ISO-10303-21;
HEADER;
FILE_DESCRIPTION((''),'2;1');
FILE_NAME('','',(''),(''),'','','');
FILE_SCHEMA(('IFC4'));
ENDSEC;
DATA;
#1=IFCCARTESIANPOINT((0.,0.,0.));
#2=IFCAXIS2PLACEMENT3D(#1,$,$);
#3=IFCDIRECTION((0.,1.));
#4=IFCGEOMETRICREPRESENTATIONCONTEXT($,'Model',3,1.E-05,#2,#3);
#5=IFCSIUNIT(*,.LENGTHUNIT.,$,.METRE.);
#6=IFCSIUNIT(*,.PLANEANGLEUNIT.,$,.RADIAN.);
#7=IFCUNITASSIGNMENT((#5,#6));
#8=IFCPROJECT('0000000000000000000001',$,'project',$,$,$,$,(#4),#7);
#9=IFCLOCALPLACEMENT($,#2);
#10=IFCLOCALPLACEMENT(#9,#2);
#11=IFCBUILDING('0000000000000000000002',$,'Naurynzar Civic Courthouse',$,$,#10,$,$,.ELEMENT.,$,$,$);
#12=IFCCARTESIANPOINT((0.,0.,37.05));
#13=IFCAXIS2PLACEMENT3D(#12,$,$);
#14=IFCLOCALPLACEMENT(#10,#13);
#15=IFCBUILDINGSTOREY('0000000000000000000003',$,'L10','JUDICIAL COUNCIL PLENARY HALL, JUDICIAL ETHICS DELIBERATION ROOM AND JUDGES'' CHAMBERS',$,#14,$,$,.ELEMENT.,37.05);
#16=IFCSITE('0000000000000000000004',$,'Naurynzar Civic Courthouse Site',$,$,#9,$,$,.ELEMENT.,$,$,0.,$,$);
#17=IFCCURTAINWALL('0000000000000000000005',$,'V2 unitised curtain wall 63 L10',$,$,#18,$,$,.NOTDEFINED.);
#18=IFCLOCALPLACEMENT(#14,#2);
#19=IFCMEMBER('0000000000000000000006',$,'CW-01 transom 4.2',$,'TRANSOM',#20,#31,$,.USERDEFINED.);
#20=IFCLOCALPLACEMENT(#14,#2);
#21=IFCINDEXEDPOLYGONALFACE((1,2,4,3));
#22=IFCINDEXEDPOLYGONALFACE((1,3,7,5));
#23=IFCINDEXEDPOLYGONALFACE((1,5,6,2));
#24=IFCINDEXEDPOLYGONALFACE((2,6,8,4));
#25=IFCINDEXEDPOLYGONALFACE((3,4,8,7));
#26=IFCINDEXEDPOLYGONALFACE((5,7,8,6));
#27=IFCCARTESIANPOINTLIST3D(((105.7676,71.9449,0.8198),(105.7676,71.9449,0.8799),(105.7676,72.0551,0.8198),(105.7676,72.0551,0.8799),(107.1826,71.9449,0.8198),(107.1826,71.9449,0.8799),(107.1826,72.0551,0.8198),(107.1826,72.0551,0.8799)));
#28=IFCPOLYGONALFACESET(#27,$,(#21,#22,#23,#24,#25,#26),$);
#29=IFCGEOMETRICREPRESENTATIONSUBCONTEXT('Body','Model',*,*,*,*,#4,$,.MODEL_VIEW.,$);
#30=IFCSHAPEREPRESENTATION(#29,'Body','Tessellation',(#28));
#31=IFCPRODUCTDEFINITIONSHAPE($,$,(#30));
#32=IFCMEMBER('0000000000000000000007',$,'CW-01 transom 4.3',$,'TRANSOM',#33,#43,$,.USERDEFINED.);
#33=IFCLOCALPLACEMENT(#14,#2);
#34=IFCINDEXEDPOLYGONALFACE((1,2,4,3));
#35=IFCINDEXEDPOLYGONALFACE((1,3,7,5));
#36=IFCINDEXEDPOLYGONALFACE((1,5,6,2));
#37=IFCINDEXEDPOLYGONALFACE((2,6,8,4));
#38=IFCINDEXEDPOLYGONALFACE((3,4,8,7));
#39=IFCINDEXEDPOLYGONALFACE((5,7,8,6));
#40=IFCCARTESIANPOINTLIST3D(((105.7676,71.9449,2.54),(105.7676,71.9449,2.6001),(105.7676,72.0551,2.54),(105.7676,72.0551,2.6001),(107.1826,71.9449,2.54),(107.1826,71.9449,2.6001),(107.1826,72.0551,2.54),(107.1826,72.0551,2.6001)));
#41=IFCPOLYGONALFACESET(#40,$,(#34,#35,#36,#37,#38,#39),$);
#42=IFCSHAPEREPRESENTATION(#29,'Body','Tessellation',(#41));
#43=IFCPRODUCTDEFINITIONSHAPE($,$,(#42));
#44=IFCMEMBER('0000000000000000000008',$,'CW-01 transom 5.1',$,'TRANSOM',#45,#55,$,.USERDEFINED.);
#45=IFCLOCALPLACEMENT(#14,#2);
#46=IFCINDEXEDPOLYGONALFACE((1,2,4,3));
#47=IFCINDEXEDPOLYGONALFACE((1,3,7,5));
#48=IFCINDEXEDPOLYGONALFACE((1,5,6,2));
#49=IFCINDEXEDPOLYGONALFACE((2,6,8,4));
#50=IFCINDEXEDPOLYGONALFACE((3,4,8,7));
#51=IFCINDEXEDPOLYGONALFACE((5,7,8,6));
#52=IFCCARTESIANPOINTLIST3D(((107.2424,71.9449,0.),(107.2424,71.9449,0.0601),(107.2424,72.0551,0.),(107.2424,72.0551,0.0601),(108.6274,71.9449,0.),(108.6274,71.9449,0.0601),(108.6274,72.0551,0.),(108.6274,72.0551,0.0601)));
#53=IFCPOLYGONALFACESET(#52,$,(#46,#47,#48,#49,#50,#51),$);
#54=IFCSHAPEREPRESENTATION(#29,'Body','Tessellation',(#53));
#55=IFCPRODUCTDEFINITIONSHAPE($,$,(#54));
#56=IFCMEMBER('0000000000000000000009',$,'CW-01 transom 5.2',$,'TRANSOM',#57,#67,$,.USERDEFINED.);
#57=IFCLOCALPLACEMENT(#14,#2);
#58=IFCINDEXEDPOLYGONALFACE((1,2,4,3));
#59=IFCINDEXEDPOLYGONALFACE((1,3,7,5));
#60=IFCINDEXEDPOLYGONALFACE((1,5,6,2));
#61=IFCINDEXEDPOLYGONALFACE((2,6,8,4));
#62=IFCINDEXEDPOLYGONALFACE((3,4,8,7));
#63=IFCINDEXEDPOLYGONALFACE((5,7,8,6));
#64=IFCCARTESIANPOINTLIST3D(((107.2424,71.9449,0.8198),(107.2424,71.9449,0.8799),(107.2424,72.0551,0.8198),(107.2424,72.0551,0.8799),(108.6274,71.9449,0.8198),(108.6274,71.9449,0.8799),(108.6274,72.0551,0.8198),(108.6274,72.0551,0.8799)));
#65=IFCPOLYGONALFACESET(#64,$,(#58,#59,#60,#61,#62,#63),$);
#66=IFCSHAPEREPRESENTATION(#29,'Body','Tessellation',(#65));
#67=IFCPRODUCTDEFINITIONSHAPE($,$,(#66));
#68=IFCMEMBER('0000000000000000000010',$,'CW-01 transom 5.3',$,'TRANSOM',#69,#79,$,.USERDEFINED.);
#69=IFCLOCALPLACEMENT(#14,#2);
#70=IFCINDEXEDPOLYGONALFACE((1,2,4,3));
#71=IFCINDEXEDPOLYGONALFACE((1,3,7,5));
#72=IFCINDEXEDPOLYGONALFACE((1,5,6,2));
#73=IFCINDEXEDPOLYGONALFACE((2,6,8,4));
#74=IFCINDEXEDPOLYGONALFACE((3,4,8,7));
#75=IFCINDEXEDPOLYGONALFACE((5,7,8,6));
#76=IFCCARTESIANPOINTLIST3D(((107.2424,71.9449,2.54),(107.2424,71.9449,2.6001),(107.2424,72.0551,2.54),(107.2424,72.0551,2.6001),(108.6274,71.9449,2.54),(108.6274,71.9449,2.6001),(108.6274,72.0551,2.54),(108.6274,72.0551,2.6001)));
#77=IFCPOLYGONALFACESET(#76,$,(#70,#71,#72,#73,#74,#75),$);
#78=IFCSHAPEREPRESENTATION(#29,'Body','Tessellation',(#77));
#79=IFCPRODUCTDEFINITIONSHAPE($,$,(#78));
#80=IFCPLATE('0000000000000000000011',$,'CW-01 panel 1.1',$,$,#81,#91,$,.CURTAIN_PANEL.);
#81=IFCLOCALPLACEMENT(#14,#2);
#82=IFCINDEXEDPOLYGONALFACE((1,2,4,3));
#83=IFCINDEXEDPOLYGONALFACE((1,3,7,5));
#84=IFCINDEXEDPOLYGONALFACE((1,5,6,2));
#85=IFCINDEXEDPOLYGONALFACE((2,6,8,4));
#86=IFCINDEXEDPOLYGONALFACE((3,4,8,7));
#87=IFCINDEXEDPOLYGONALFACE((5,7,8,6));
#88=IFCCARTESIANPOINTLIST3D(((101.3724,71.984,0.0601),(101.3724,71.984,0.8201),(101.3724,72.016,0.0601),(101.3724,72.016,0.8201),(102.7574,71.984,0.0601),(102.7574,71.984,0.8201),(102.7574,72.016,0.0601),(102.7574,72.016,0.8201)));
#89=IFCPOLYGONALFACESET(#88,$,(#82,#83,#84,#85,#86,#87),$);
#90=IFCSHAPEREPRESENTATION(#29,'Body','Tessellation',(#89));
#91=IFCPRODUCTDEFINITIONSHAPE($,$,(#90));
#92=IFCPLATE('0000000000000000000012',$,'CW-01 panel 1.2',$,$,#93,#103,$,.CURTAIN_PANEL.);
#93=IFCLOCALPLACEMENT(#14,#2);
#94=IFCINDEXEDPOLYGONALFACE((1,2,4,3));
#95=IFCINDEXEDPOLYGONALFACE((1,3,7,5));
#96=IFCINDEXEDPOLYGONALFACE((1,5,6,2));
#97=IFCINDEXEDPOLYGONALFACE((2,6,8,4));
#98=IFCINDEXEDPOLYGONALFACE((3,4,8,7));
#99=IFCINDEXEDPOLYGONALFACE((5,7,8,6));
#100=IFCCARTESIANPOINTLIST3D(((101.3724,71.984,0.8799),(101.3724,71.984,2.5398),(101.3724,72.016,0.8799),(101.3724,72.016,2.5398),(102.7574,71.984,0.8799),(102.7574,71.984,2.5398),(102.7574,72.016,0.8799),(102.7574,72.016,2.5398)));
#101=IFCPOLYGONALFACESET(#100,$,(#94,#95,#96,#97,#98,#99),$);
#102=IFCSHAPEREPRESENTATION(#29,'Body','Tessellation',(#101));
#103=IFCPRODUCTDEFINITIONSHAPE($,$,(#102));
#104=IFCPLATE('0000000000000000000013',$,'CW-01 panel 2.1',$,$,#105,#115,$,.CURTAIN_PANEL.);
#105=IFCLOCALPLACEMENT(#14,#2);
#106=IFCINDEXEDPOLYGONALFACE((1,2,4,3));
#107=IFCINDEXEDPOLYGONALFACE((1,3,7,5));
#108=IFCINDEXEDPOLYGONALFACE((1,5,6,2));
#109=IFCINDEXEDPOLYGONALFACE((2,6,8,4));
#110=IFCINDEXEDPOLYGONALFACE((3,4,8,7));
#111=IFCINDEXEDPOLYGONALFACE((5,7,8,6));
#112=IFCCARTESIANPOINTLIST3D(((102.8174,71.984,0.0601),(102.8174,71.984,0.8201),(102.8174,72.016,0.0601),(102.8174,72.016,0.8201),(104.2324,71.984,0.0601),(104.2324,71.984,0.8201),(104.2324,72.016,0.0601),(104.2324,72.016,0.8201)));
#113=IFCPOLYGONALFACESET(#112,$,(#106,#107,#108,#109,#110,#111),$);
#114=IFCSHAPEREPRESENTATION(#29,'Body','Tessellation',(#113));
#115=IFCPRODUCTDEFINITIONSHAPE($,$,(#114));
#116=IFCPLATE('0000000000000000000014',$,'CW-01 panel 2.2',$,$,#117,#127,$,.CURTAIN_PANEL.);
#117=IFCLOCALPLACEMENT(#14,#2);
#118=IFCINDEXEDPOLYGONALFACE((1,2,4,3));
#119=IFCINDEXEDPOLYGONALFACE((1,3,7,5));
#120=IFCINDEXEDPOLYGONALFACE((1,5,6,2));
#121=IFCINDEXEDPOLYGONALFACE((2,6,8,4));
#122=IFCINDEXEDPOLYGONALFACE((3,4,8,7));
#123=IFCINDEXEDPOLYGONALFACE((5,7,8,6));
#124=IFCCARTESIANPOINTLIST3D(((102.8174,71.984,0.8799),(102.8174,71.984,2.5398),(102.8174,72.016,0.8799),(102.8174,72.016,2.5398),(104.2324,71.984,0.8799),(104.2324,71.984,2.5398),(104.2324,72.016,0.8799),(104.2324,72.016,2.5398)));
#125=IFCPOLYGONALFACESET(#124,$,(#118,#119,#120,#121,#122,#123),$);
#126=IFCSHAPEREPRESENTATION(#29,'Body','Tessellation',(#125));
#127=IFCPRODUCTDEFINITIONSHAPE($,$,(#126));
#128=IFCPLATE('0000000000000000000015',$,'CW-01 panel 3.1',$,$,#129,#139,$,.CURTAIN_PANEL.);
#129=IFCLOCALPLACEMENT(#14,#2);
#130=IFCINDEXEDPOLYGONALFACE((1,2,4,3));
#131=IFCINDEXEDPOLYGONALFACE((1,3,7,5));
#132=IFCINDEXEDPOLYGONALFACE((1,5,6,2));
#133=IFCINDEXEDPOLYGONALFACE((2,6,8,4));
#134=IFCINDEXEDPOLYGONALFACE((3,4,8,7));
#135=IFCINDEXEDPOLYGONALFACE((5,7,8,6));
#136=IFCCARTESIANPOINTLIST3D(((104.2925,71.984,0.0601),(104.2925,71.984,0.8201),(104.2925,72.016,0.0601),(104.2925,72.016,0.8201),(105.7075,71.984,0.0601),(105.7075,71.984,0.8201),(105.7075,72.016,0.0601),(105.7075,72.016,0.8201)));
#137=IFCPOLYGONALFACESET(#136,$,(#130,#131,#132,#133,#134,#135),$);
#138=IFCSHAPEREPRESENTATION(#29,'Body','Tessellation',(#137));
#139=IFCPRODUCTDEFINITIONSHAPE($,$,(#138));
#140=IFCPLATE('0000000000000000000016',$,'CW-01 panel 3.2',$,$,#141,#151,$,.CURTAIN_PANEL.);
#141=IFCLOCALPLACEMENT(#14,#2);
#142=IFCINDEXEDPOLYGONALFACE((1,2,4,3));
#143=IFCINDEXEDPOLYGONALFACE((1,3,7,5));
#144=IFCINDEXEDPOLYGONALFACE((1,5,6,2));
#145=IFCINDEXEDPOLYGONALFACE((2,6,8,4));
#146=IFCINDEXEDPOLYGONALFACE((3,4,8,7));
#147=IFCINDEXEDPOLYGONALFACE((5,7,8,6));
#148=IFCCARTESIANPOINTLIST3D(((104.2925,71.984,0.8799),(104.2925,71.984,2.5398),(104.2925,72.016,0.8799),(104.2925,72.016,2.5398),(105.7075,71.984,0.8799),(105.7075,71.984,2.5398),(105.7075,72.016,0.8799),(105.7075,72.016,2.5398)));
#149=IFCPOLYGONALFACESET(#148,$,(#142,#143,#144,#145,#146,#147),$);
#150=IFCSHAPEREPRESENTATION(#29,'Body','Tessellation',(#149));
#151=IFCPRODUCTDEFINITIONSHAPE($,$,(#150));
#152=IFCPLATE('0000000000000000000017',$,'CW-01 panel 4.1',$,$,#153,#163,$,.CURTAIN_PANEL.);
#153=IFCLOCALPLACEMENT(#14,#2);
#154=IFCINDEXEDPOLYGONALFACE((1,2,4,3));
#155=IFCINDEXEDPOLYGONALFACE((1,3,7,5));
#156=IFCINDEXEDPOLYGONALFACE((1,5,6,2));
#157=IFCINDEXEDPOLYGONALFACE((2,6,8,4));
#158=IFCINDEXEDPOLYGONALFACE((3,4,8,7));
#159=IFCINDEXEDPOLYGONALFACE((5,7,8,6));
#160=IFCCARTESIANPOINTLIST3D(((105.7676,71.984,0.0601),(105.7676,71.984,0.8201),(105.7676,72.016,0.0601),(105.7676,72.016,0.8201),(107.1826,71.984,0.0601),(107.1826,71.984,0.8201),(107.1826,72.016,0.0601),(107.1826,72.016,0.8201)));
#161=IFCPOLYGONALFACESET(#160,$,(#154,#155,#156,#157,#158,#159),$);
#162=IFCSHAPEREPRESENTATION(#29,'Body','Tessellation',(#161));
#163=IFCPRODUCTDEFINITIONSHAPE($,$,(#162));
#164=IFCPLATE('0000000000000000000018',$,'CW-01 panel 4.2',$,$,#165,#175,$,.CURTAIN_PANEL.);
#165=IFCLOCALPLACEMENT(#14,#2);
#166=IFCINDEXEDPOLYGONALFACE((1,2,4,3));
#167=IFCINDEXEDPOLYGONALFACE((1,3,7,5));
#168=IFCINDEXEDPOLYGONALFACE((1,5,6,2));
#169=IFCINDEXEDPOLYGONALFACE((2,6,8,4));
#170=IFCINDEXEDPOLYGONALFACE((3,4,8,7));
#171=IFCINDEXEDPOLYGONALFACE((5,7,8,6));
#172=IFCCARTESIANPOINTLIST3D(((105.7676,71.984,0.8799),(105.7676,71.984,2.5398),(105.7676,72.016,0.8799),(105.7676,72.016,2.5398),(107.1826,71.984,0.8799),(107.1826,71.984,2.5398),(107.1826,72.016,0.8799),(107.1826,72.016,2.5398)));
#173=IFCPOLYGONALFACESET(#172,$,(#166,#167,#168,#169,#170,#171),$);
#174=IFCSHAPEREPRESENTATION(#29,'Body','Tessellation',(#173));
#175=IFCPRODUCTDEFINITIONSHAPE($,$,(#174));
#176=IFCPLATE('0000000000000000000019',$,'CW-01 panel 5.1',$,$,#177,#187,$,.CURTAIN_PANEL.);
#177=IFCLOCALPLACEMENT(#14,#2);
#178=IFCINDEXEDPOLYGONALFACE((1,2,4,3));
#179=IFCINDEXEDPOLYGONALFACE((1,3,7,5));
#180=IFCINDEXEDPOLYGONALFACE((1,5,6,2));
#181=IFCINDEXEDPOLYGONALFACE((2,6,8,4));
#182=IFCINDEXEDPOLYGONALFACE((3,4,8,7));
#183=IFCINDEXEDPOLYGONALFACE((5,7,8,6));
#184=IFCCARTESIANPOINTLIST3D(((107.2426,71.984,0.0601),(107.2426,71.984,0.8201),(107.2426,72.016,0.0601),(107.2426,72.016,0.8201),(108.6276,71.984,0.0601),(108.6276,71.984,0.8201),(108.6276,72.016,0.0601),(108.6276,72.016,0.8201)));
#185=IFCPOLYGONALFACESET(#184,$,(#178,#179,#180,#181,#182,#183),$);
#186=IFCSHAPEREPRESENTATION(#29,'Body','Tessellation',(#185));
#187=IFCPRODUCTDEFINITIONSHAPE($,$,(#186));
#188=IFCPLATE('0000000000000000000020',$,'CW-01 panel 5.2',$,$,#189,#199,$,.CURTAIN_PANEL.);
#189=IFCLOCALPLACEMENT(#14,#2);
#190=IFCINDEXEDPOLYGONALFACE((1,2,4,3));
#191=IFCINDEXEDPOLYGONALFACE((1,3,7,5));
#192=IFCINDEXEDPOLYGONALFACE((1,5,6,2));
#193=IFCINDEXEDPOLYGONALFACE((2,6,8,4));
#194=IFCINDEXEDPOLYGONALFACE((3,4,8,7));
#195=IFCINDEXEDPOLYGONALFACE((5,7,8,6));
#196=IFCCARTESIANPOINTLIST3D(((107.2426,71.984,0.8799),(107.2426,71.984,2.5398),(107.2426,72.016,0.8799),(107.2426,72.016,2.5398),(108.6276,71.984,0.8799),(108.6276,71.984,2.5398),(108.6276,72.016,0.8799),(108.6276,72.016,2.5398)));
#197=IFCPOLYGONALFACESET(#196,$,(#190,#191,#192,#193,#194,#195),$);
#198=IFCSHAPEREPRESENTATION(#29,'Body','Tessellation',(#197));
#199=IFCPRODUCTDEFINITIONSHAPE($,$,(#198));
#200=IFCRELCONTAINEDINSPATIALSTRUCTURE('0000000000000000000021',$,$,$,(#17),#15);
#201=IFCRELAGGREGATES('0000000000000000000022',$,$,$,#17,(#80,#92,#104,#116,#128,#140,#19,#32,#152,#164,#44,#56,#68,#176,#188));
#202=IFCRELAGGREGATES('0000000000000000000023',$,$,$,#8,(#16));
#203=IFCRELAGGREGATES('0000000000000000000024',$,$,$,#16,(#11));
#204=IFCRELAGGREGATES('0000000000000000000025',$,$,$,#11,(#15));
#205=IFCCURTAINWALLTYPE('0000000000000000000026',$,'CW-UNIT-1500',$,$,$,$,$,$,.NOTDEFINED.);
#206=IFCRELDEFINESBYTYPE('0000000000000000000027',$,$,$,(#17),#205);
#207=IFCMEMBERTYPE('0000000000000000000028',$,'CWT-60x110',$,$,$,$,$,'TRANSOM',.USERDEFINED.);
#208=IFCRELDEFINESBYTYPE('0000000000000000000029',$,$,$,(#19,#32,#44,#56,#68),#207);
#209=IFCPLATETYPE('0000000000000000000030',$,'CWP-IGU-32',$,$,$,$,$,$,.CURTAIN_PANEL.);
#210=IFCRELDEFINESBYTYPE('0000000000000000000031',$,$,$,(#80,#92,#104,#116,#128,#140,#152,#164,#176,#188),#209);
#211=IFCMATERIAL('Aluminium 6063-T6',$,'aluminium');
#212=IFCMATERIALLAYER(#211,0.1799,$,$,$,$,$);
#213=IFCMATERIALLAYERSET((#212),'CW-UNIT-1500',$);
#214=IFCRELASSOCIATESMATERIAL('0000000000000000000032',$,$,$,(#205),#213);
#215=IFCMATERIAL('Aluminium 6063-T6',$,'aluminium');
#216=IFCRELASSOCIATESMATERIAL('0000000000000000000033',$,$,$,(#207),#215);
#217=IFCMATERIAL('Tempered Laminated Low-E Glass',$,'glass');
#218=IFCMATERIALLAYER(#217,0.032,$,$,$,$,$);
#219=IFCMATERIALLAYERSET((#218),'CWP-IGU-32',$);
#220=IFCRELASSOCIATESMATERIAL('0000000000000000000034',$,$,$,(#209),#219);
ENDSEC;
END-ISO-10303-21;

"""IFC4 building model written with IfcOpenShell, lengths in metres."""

from ifc_helpers import new_model, si_unit, direction, frame, origin, origin_2d, place, context, subcontext, project, spatial, rectangle, extrude, material, layer, layer_set, material_profile, profile_set, type_object, element, aggregate, save


model = new_model("IFC4")

# Units and contexts
model_context = context("Model", 3, precision=1e-05, world=origin(), true_north=direction((0.0, 1.0)))
body_context = subcontext(model_context, "Body", "Model", "MODEL_VIEW")
ifc_project = project(units=[si_unit("LENGTHUNIT", "METRE"), si_unit("PLANEANGLEUNIT", "RADIAN")], contexts=[model_context])

# Site, building, storey
site_placement = place(None, origin())
site = spatial("IfcSite", under=ifc_project, at=site_placement, Name="Naurynzar Civic Courthouse Site", CompositionType="ELEMENT", RefElevation=0.0)
building_placement = place(site_placement, origin())
building = spatial("IfcBuilding", under=site, at=building_placement, Name="Naurynzar Civic Courthouse", CompositionType="ELEMENT")
storey_placement = place(building_placement, frame((0.0, 0.0, 37.05)))
storey = spatial("IfcBuildingStorey", under=building, at=storey_placement, Name="L10", Description="JUDICIAL COUNCIL PLENARY HALL, JUDICIAL ETHICS DELIBERATION ROOM AND JUDGES' CHAMBERS", CompositionType="ELEMENT", Elevation=37.05)

# Curtain wall, members, plates
ifc_material_1 = material(Name="Aluminium 6063-T6", Category="aluminium")
ifc_layer_1 = layer(ifc_material_1, 0.1799)
ifc_layer_set_1 = layer_set([ifc_layer_1], Name="CW-UNIT-1500")
curtain_wall_type = type_object("IfcCurtainWallType", Name="CW-UNIT-1500", PredefinedType="NOTDEFINED", material=ifc_layer_set_1)
curtain_wall_placement = place(storey_placement, origin())
curtain_wall = element("IfcCurtainWall", 1, at=curtain_wall_placement, inside=storey, type_object=curtain_wall_type, Name="V2 unitised curtain wall 63 L10", PredefinedType="NOTDEFINED")
ifc_material_2 = material(Name="Aluminium 6063-T6", Category="aluminium")
ifc_material_profile_1 = material_profile(ifc_material_2, rectangle(XDim=0.1101, YDim=0.0601, at=origin_2d()), Name="ALU TRANSOM 60x110")
ifc_profile_set_1 = profile_set([ifc_material_profile_1], Name="Aluminium 6063-T6")
member_type_1 = type_object("IfcMemberType", Name="CWT-60x110", ElementType="TRANSOM", PredefinedType="USERDEFINED", material=ifc_profile_set_1)
member_1_placement = place(storey_placement, frame((105.7676, 72.0, 0.8499), z_axis=(1.0, 0.0, 0.0), x_axis=(0.0, 1.0, 0.0)))
member_1 = element("IfcMember", 2, at=member_1_placement, type_object=member_type_1, Name="CW-01 transom 4.2", ObjectType="TRANSOM", PredefinedType="USERDEFINED", context=body_context, shape_type="SweptSolid", body=[
    extrude(rectangle(XDim=0.1101, YDim=0.0601, at=origin_2d()), origin(), (0.0, 0.0, 1.0), 1.415),
])
member_2_placement = place(storey_placement, frame((105.7676, 72.0, 2.5701), z_axis=(1.0, 0.0, 0.0), x_axis=(0.0, 1.0, 0.0)))
member_2 = element("IfcMember", 3, at=member_2_placement, type_object=member_type_1, Name="CW-01 transom 4.3", ObjectType="TRANSOM", PredefinedType="USERDEFINED", context=body_context, shape_type="SweptSolid", body=[
    extrude(rectangle(XDim=0.1101, YDim=0.0601, at=origin_2d()), origin(), (0.0, 0.0, 1.0), 1.415),
])
member_3_placement = place(storey_placement, frame((107.2424, 72.0, 0.03), z_axis=(1.0, 0.0, 0.0), x_axis=(0.0, 1.0, 0.0)))
member_3 = element("IfcMember", 4, at=member_3_placement, type_object=member_type_1, Name="CW-01 transom 5.1", ObjectType="TRANSOM", PredefinedType="USERDEFINED", context=body_context, shape_type="SweptSolid", body=[
    extrude(rectangle(XDim=0.1101, YDim=0.0601, at=origin_2d()), origin(), (0.0, 0.0, 1.0), 1.385),
])
member_4_placement = place(storey_placement, frame((107.2424, 72.0, 0.8499), z_axis=(1.0, 0.0, 0.0), x_axis=(0.0, 1.0, 0.0)))
member_4 = element("IfcMember", 5, at=member_4_placement, type_object=member_type_1, Name="CW-01 transom 5.2", ObjectType="TRANSOM", PredefinedType="USERDEFINED", context=body_context, shape_type="SweptSolid", body=[
    extrude(rectangle(XDim=0.1101, YDim=0.0601, at=origin_2d()), origin(), (0.0, 0.0, 1.0), 1.385),
])
member_5_placement = place(storey_placement, frame((107.2424, 72.0, 2.5701), z_axis=(1.0, 0.0, 0.0), x_axis=(0.0, 1.0, 0.0)))
member_5 = element("IfcMember", 6, at=member_5_placement, type_object=member_type_1, Name="CW-01 transom 5.3", ObjectType="TRANSOM", PredefinedType="USERDEFINED", context=body_context, shape_type="SweptSolid", body=[
    extrude(rectangle(XDim=0.1101, YDim=0.0601, at=origin_2d()), origin(), (0.0, 0.0, 1.0), 1.385),
])
ifc_material_3 = material(Name="Tempered Laminated Low-E Glass", Category="glass")
ifc_layer_2 = layer(ifc_material_3, 0.032)
ifc_layer_set_2 = layer_set([ifc_layer_2], Name="CWP-IGU-32")
plate_type = type_object("IfcPlateType", Name="CWP-IGU-32", PredefinedType="CURTAIN_PANEL", material=ifc_layer_set_2)
plate_1_placement = place(storey_placement, frame((102.0649, 72.0, 0.0601), z_axis=(0.0, 0.0, 1.0), x_axis=(1.0, 0.0, 0.0)))
plate_1 = element("IfcPlate", 7, at=plate_1_placement, type_object=plate_type, Name="CW-01 panel 1.1", PredefinedType="CURTAIN_PANEL", context=body_context, shape_type="SweptSolid", body=[
    extrude(rectangle(XDim=1.385, YDim=0.032, at=origin_2d()), origin(), (0.0, 0.0, 1.0), 0.76),
])
plate_2_placement = place(storey_placement, frame((102.0649, 72.0, 0.8799), z_axis=(0.0, 0.0, 1.0), x_axis=(1.0, 0.0, 0.0)))
plate_2 = element("IfcPlate", 8, at=plate_2_placement, type_object=plate_type, Name="CW-01 panel 1.2", PredefinedType="CURTAIN_PANEL", context=body_context, shape_type="SweptSolid", body=[
    extrude(rectangle(XDim=1.385, YDim=0.032, at=origin_2d()), origin(), (0.0, 0.0, 1.0), 1.6599),
])
plate_3_placement = place(storey_placement, frame((103.5249, 72.0, 0.0601), z_axis=(0.0, 0.0, 1.0), x_axis=(1.0, 0.0, 0.0)))
plate_3 = element("IfcPlate", 9, at=plate_3_placement, type_object=plate_type, Name="CW-01 panel 2.1", PredefinedType="CURTAIN_PANEL", context=body_context, shape_type="SweptSolid", body=[
    extrude(rectangle(XDim=1.415, YDim=0.032, at=origin_2d()), origin(), (0.0, 0.0, 1.0), 0.76),
])
plate_4_placement = place(storey_placement, frame((103.5249, 72.0, 0.8799), z_axis=(0.0, 0.0, 1.0), x_axis=(1.0, 0.0, 0.0)))
plate_4 = element("IfcPlate", 10, at=plate_4_placement, type_object=plate_type, Name="CW-01 panel 2.2", PredefinedType="CURTAIN_PANEL", context=body_context, shape_type="SweptSolid", body=[
    extrude(rectangle(XDim=1.415, YDim=0.032, at=origin_2d()), origin(), (0.0, 0.0, 1.0), 1.6599),
])
plate_5_placement = place(storey_placement, frame((105.0, 72.0, 0.0601), z_axis=(0.0, 0.0, 1.0), x_axis=(1.0, 0.0, 0.0)))
plate_5 = element("IfcPlate", 11, at=plate_5_placement, type_object=plate_type, Name="CW-01 panel 3.1", PredefinedType="CURTAIN_PANEL", context=body_context, shape_type="SweptSolid", body=[
    extrude(rectangle(XDim=1.415, YDim=0.032, at=origin_2d()), origin(), (0.0, 0.0, 1.0), 0.76),
])
plate_6_placement = place(storey_placement, frame((105.0, 72.0, 0.8799), z_axis=(0.0, 0.0, 1.0), x_axis=(1.0, 0.0, 0.0)))
plate_6 = element("IfcPlate", 12, at=plate_6_placement, type_object=plate_type, Name="CW-01 panel 3.2", PredefinedType="CURTAIN_PANEL", context=body_context, shape_type="SweptSolid", body=[
    extrude(rectangle(XDim=1.415, YDim=0.032, at=origin_2d()), origin(), (0.0, 0.0, 1.0), 1.6599),
])
plate_7_placement = place(storey_placement, frame((106.4751, 72.0, 0.0601), z_axis=(0.0, 0.0, 1.0), x_axis=(1.0, 0.0, 0.0)))
plate_7 = element("IfcPlate", 13, at=plate_7_placement, type_object=plate_type, Name="CW-01 panel 4.1", PredefinedType="CURTAIN_PANEL", context=body_context, shape_type="SweptSolid", body=[
    extrude(rectangle(XDim=1.415, YDim=0.032, at=origin_2d()), origin(), (0.0, 0.0, 1.0), 0.76),
])
plate_8_placement = place(storey_placement, frame((106.4751, 72.0, 0.8799), z_axis=(0.0, 0.0, 1.0), x_axis=(1.0, 0.0, 0.0)))
plate_8 = element("IfcPlate", 14, at=plate_8_placement, type_object=plate_type, Name="CW-01 panel 4.2", PredefinedType="CURTAIN_PANEL", context=body_context, shape_type="SweptSolid", body=[
    extrude(rectangle(XDim=1.415, YDim=0.032, at=origin_2d()), origin(), (0.0, 0.0, 1.0), 1.6599),
])
plate_9_placement = place(storey_placement, frame((107.9351, 72.0, 0.0601), z_axis=(0.0, 0.0, 1.0), x_axis=(1.0, 0.0, 0.0)))
plate_9 = element("IfcPlate", 15, at=plate_9_placement, type_object=plate_type, Name="CW-01 panel 5.1", PredefinedType="CURTAIN_PANEL", context=body_context, shape_type="SweptSolid", body=[
    extrude(rectangle(XDim=1.385, YDim=0.032, at=origin_2d()), origin(), (0.0, 0.0, 1.0), 0.76),
])
plate_10_placement = place(storey_placement, frame((107.9351, 72.0, 0.8799), z_axis=(0.0, 0.0, 1.0), x_axis=(1.0, 0.0, 0.0)))
plate_10 = element("IfcPlate", 16, at=plate_10_placement, type_object=plate_type, Name="CW-01 panel 5.2", PredefinedType="CURTAIN_PANEL", context=body_context, shape_type="SweptSolid", body=[
    extrude(rectangle(XDim=1.385, YDim=0.032, at=origin_2d()), origin(), (0.0, 0.0, 1.0), 1.6599),
])
aggregate(curtain_wall, [plate_1, plate_2, plate_3, plate_4, plate_5, plate_6, member_1, member_2, plate_7, plate_8, member_3, member_4, member_5, plate_9, plate_10])

save(model, "model.ifc")
